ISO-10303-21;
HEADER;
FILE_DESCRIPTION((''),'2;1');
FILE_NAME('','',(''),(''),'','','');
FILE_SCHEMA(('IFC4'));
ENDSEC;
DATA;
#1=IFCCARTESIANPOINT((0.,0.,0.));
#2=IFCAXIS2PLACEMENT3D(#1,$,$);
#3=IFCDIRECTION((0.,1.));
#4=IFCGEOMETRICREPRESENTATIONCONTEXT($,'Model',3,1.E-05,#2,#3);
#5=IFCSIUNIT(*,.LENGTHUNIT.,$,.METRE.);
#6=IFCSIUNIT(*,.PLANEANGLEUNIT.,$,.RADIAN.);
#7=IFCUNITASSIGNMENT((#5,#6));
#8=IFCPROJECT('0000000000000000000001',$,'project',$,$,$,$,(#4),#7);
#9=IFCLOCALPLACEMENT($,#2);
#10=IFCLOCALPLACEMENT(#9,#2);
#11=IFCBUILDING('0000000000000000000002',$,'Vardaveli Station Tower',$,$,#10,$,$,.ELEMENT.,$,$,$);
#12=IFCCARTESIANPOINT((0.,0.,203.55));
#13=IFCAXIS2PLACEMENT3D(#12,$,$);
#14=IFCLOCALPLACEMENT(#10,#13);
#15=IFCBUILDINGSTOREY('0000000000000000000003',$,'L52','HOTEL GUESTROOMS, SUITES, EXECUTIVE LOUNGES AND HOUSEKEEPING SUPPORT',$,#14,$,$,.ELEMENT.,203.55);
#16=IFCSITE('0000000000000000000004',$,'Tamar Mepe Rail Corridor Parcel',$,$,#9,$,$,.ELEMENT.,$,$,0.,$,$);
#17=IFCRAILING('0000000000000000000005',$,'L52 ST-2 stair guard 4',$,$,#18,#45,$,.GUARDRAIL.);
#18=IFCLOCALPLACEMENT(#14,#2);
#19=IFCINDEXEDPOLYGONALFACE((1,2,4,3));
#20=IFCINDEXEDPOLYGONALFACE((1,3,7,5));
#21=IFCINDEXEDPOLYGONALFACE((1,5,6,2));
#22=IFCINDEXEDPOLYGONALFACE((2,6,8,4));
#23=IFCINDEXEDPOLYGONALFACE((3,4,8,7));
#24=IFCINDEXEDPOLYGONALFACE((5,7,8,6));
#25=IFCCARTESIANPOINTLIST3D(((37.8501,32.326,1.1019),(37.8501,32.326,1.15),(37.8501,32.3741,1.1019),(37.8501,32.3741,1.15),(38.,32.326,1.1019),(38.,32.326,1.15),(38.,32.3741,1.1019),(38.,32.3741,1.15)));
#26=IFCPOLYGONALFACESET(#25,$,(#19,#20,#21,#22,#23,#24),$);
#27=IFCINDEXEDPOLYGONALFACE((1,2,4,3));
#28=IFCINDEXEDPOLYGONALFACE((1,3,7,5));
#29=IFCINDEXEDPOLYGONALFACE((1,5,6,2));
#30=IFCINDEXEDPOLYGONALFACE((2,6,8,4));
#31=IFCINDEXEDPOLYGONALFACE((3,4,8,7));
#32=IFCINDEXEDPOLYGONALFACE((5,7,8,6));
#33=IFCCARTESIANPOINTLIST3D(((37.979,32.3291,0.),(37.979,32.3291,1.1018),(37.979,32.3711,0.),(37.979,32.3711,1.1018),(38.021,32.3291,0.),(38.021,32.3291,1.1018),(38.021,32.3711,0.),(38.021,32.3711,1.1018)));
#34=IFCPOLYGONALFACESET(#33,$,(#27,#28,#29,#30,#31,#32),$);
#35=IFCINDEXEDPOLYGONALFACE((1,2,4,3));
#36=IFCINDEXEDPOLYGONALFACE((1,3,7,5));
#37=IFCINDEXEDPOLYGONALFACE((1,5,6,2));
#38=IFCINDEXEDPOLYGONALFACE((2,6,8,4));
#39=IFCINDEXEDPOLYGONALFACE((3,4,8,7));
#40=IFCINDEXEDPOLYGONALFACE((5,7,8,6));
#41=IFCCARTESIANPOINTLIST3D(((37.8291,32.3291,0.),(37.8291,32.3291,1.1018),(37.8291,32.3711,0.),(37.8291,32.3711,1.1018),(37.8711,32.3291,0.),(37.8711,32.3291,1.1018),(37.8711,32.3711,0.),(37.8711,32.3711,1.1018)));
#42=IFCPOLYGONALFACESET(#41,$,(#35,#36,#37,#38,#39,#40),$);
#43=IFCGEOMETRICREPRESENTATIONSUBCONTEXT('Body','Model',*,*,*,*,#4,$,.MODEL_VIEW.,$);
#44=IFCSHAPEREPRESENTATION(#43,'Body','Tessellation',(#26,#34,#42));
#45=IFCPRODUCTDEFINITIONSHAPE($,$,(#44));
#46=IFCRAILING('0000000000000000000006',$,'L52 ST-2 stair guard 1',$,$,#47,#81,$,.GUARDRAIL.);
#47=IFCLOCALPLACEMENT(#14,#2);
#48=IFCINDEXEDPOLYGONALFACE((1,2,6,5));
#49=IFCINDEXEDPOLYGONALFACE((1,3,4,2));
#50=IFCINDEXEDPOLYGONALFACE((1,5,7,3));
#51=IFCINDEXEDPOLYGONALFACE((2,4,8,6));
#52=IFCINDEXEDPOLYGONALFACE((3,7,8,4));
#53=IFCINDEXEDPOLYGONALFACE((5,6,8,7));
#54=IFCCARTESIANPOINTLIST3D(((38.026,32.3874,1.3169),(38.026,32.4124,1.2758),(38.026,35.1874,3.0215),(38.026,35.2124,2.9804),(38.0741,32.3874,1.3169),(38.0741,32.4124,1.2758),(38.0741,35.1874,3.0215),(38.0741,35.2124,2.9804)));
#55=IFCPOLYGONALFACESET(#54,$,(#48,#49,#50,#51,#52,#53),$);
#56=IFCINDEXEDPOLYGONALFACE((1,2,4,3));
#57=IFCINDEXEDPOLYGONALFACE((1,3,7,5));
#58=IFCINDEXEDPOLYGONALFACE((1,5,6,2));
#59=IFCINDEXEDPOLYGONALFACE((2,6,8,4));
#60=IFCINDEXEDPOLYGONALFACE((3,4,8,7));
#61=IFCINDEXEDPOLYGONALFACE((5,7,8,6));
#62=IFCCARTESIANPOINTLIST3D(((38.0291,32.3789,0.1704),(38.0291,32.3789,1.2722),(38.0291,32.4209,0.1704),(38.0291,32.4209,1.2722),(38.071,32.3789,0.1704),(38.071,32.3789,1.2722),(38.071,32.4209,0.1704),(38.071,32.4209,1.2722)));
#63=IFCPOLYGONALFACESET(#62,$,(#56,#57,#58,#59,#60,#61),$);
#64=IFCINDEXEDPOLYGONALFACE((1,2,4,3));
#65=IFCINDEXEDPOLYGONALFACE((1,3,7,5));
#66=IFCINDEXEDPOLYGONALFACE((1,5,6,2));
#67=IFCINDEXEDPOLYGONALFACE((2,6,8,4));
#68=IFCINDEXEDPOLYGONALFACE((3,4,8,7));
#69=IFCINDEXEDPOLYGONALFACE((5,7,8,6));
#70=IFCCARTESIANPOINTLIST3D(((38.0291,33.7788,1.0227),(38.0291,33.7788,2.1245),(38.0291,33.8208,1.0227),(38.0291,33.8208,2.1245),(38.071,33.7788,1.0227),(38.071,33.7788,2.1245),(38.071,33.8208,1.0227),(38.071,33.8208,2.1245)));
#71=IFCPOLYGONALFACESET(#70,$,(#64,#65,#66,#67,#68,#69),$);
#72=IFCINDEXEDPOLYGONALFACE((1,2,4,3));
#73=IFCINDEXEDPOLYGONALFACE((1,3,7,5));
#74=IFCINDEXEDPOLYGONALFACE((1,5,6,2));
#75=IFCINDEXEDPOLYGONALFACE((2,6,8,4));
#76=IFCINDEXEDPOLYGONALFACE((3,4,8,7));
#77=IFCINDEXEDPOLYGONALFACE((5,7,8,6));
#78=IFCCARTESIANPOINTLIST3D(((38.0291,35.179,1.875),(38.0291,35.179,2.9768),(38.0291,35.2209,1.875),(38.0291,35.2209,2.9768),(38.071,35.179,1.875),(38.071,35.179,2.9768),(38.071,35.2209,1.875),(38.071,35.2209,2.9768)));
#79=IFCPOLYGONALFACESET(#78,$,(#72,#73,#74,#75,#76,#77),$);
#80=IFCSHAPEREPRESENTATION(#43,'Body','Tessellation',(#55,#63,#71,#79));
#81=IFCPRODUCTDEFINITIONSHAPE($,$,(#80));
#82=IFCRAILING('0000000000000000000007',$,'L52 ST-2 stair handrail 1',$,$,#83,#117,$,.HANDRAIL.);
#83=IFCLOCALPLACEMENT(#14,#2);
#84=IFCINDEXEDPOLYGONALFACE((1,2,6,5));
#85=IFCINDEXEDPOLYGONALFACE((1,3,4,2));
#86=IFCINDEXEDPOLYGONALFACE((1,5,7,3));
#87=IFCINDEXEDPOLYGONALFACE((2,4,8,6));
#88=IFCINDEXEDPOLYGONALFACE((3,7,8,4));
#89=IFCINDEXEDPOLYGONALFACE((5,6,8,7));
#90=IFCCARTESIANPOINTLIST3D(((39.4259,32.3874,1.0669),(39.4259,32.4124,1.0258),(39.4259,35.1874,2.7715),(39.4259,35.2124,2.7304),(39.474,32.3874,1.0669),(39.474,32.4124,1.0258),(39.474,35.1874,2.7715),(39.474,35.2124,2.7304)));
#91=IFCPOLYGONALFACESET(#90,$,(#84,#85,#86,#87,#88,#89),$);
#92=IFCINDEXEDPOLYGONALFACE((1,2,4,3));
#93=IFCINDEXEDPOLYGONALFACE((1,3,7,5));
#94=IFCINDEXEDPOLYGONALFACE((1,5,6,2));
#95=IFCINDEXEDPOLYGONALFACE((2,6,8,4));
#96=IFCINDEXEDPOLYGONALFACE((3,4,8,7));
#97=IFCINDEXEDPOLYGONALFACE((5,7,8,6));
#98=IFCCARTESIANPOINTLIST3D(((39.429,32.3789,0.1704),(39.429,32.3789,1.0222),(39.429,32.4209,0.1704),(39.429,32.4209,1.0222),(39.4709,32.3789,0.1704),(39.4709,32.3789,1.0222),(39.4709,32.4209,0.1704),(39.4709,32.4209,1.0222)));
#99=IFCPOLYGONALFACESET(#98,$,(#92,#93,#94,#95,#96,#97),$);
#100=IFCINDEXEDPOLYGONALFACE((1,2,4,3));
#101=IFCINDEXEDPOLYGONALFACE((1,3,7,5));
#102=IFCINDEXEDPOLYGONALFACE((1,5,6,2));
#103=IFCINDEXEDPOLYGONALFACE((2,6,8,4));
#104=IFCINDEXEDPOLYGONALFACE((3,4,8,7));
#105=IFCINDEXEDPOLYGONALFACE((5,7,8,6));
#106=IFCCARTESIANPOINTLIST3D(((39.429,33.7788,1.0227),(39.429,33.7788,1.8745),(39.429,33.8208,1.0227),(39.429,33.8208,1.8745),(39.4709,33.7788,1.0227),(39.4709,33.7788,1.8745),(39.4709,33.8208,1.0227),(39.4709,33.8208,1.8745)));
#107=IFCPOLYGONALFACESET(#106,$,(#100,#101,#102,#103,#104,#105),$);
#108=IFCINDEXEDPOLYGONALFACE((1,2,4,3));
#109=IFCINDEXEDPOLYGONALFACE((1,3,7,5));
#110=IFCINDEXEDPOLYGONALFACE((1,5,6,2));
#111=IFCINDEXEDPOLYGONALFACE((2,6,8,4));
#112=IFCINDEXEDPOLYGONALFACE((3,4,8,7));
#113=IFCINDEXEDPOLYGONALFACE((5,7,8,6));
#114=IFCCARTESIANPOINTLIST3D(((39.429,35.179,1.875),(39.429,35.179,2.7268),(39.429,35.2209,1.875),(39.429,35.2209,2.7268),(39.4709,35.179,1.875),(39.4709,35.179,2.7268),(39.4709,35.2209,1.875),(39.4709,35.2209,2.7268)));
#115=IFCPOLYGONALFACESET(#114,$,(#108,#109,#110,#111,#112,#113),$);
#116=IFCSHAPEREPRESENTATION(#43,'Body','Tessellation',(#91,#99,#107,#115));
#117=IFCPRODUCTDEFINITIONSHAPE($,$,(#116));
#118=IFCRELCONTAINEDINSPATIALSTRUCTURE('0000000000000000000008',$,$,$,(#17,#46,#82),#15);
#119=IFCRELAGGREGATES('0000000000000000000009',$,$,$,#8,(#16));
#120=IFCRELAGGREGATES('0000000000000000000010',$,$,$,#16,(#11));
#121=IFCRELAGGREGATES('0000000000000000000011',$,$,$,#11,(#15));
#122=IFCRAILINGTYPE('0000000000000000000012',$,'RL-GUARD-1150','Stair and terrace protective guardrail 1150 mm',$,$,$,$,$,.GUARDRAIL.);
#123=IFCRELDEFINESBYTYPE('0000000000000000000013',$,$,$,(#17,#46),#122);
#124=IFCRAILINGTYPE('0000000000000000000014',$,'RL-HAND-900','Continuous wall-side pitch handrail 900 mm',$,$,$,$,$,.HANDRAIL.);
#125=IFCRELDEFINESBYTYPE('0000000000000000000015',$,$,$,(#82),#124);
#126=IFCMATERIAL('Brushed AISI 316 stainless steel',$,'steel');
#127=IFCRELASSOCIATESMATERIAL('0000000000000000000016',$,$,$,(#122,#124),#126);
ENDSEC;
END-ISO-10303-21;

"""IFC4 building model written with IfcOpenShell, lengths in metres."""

from ifc_helpers import new_model, si_unit, direction, frame, origin, origin_2d, place, context, subcontext, project, spatial, rectangle, extrude, source, transform, mapped, material, type_object, element, save


model = new_model("IFC4")

# Units and contexts
model_context = context("Model", 3, precision=1e-05, world=origin(), true_north=direction((0.0, 1.0)))
body_context = subcontext(model_context, "Body", "Model", "MODEL_VIEW")
ifc_project = project(units=[si_unit("LENGTHUNIT", "METRE"), si_unit("PLANEANGLEUNIT", "RADIAN")], contexts=[model_context])

# Site, building, storey
site_placement = place(None, origin())
site = spatial("IfcSite", under=ifc_project, at=site_placement, Name="Tamar Mepe Rail Corridor Parcel", CompositionType="ELEMENT", RefElevation=0.0)
building_placement = place(site_placement, origin())
building = spatial("IfcBuilding", under=site, at=building_placement, Name="Vardaveli Station Tower", CompositionType="ELEMENT")
storey_placement = place(building_placement, frame((0.0, 0.0, 203.55)))
storey = spatial("IfcBuildingStorey", under=building, at=storey_placement, Name="L52", Description="HOTEL GUESTROOMS, SUITES, EXECUTIVE LOUNGES AND HOUSEKEEPING SUPPORT", CompositionType="ELEMENT", Elevation=203.55)

# Railings
ifc_material_1 = material(Name="Brushed AISI 316 stainless steel", Category="steel")
railing_type_1 = type_object("IfcRailingType", Name="RL-GUARD-1150", Description="Stair and terrace protective guardrail 1150 mm", PredefinedType="GUARDRAIL", material=ifc_material_1)
shared_shape_1 = source(origin(), body_context, "Body", "SweptSolid", [
    extrude(rectangle(XDim=0.0481, YDim=0.0481, at=origin_2d()), frame((0.0, 0.0, 1.126), z_axis=(-1.0, 0.0, 0.0), x_axis=(0.0, -1.0, 0.0)), (0.0, 0.0, 1.0), 0.1499),
    extrude(rectangle(XDim=0.042, YDim=0.042, at=origin_2d()), origin(), (0.0, 0.0, 1.0), 1.1018),
    extrude(rectangle(XDim=0.042, YDim=0.042, at=origin_2d()), frame((-0.1499, 0.0, 0.0)), (0.0, 0.0, 1.0), 1.1018),
])
railing_1_placement = place(storey_placement, frame((38.0, 32.3501, 0.0)))
element("IfcRailing", 1, at=railing_1_placement, inside=storey, type_object=railing_type_1, Name="L52 ST-2 stair guard 4", PredefinedType="GUARDRAIL", context=body_context, shape_type="MappedRepresentation", body=[
    mapped(shared_shape_1, transform((0.0, 0.0, 0.0), scale=1.0)),
])
shared_shape_2 = source(origin(), body_context, "Body", "SweptSolid", [
    extrude(rectangle(XDim=0.0481, YDim=0.0481, at=origin_2d()), frame((0.0, 0.0, 1.126), z_axis=(0.0, 0.85417, 0.519994), x_axis=(-1.0, 0.0, 0.0)), (0.0, 0.0, 1.0), 3.2781),
    extrude(rectangle(XDim=0.042, YDim=0.042, at=origin_2d()), origin(), (0.0, 0.0, 1.0), 1.1018),
    extrude(rectangle(XDim=0.042, YDim=0.042, at=origin_2d()), frame((0.0, 1.3999, 0.8523)), (0.0, 0.0, 1.0), 1.1018),
    extrude(rectangle(XDim=0.042, YDim=0.042, at=origin_2d()), frame((0.0, 2.8, 1.7046)), (0.0, 0.0, 1.0), 1.1018),
])
railing_2_placement = place(storey_placement, frame((38.05, 32.3999, 0.1704)))
element("IfcRailing", 2, at=railing_2_placement, inside=storey, type_object=railing_type_1, Name="L52 ST-2 stair guard 1", PredefinedType="GUARDRAIL", context=body_context, shape_type="MappedRepresentation", body=[
    mapped(shared_shape_2, transform((0.0, 0.0, 0.0), scale=1.0)),
])
railing_type_2 = type_object("IfcRailingType", Name="RL-HAND-900", Description="Continuous wall-side pitch handrail 900 mm", PredefinedType="HANDRAIL", material=ifc_material_1)
shared_shape_3 = source(origin(), body_context, "Body", "SweptSolid", [
    extrude(rectangle(XDim=0.0481, YDim=0.0481, at=origin_2d()), frame((0.0, 0.0, 0.876), z_axis=(0.0, 0.85417, 0.519994), x_axis=(-1.0, 0.0, 0.0)), (0.0, 0.0, 1.0), 3.2781),
    extrude(rectangle(XDim=0.042, YDim=0.042, at=origin_2d()), origin(), (0.0, 0.0, 1.0), 0.8518),
    extrude(rectangle(XDim=0.042, YDim=0.042, at=origin_2d()), frame((0.0, 1.3999, 0.8523)), (0.0, 0.0, 1.0), 0.8518),
    extrude(rectangle(XDim=0.042, YDim=0.042, at=origin_2d()), frame((0.0, 2.8, 1.7046)), (0.0, 0.0, 1.0), 0.8518),
])
railing_3_placement = place(storey_placement, frame((39.45, 32.3999, 0.1704)))
element("IfcRailing", 3, at=railing_3_placement, inside=storey, type_object=railing_type_2, Name="L52 ST-2 stair handrail 1", PredefinedType="HANDRAIL", context=body_context, shape_type="MappedRepresentation", body=[
    mapped(shared_shape_3, transform((0.0, 0.0, 0.0), scale=1.0)),
])

save(model, "model.ifc")
